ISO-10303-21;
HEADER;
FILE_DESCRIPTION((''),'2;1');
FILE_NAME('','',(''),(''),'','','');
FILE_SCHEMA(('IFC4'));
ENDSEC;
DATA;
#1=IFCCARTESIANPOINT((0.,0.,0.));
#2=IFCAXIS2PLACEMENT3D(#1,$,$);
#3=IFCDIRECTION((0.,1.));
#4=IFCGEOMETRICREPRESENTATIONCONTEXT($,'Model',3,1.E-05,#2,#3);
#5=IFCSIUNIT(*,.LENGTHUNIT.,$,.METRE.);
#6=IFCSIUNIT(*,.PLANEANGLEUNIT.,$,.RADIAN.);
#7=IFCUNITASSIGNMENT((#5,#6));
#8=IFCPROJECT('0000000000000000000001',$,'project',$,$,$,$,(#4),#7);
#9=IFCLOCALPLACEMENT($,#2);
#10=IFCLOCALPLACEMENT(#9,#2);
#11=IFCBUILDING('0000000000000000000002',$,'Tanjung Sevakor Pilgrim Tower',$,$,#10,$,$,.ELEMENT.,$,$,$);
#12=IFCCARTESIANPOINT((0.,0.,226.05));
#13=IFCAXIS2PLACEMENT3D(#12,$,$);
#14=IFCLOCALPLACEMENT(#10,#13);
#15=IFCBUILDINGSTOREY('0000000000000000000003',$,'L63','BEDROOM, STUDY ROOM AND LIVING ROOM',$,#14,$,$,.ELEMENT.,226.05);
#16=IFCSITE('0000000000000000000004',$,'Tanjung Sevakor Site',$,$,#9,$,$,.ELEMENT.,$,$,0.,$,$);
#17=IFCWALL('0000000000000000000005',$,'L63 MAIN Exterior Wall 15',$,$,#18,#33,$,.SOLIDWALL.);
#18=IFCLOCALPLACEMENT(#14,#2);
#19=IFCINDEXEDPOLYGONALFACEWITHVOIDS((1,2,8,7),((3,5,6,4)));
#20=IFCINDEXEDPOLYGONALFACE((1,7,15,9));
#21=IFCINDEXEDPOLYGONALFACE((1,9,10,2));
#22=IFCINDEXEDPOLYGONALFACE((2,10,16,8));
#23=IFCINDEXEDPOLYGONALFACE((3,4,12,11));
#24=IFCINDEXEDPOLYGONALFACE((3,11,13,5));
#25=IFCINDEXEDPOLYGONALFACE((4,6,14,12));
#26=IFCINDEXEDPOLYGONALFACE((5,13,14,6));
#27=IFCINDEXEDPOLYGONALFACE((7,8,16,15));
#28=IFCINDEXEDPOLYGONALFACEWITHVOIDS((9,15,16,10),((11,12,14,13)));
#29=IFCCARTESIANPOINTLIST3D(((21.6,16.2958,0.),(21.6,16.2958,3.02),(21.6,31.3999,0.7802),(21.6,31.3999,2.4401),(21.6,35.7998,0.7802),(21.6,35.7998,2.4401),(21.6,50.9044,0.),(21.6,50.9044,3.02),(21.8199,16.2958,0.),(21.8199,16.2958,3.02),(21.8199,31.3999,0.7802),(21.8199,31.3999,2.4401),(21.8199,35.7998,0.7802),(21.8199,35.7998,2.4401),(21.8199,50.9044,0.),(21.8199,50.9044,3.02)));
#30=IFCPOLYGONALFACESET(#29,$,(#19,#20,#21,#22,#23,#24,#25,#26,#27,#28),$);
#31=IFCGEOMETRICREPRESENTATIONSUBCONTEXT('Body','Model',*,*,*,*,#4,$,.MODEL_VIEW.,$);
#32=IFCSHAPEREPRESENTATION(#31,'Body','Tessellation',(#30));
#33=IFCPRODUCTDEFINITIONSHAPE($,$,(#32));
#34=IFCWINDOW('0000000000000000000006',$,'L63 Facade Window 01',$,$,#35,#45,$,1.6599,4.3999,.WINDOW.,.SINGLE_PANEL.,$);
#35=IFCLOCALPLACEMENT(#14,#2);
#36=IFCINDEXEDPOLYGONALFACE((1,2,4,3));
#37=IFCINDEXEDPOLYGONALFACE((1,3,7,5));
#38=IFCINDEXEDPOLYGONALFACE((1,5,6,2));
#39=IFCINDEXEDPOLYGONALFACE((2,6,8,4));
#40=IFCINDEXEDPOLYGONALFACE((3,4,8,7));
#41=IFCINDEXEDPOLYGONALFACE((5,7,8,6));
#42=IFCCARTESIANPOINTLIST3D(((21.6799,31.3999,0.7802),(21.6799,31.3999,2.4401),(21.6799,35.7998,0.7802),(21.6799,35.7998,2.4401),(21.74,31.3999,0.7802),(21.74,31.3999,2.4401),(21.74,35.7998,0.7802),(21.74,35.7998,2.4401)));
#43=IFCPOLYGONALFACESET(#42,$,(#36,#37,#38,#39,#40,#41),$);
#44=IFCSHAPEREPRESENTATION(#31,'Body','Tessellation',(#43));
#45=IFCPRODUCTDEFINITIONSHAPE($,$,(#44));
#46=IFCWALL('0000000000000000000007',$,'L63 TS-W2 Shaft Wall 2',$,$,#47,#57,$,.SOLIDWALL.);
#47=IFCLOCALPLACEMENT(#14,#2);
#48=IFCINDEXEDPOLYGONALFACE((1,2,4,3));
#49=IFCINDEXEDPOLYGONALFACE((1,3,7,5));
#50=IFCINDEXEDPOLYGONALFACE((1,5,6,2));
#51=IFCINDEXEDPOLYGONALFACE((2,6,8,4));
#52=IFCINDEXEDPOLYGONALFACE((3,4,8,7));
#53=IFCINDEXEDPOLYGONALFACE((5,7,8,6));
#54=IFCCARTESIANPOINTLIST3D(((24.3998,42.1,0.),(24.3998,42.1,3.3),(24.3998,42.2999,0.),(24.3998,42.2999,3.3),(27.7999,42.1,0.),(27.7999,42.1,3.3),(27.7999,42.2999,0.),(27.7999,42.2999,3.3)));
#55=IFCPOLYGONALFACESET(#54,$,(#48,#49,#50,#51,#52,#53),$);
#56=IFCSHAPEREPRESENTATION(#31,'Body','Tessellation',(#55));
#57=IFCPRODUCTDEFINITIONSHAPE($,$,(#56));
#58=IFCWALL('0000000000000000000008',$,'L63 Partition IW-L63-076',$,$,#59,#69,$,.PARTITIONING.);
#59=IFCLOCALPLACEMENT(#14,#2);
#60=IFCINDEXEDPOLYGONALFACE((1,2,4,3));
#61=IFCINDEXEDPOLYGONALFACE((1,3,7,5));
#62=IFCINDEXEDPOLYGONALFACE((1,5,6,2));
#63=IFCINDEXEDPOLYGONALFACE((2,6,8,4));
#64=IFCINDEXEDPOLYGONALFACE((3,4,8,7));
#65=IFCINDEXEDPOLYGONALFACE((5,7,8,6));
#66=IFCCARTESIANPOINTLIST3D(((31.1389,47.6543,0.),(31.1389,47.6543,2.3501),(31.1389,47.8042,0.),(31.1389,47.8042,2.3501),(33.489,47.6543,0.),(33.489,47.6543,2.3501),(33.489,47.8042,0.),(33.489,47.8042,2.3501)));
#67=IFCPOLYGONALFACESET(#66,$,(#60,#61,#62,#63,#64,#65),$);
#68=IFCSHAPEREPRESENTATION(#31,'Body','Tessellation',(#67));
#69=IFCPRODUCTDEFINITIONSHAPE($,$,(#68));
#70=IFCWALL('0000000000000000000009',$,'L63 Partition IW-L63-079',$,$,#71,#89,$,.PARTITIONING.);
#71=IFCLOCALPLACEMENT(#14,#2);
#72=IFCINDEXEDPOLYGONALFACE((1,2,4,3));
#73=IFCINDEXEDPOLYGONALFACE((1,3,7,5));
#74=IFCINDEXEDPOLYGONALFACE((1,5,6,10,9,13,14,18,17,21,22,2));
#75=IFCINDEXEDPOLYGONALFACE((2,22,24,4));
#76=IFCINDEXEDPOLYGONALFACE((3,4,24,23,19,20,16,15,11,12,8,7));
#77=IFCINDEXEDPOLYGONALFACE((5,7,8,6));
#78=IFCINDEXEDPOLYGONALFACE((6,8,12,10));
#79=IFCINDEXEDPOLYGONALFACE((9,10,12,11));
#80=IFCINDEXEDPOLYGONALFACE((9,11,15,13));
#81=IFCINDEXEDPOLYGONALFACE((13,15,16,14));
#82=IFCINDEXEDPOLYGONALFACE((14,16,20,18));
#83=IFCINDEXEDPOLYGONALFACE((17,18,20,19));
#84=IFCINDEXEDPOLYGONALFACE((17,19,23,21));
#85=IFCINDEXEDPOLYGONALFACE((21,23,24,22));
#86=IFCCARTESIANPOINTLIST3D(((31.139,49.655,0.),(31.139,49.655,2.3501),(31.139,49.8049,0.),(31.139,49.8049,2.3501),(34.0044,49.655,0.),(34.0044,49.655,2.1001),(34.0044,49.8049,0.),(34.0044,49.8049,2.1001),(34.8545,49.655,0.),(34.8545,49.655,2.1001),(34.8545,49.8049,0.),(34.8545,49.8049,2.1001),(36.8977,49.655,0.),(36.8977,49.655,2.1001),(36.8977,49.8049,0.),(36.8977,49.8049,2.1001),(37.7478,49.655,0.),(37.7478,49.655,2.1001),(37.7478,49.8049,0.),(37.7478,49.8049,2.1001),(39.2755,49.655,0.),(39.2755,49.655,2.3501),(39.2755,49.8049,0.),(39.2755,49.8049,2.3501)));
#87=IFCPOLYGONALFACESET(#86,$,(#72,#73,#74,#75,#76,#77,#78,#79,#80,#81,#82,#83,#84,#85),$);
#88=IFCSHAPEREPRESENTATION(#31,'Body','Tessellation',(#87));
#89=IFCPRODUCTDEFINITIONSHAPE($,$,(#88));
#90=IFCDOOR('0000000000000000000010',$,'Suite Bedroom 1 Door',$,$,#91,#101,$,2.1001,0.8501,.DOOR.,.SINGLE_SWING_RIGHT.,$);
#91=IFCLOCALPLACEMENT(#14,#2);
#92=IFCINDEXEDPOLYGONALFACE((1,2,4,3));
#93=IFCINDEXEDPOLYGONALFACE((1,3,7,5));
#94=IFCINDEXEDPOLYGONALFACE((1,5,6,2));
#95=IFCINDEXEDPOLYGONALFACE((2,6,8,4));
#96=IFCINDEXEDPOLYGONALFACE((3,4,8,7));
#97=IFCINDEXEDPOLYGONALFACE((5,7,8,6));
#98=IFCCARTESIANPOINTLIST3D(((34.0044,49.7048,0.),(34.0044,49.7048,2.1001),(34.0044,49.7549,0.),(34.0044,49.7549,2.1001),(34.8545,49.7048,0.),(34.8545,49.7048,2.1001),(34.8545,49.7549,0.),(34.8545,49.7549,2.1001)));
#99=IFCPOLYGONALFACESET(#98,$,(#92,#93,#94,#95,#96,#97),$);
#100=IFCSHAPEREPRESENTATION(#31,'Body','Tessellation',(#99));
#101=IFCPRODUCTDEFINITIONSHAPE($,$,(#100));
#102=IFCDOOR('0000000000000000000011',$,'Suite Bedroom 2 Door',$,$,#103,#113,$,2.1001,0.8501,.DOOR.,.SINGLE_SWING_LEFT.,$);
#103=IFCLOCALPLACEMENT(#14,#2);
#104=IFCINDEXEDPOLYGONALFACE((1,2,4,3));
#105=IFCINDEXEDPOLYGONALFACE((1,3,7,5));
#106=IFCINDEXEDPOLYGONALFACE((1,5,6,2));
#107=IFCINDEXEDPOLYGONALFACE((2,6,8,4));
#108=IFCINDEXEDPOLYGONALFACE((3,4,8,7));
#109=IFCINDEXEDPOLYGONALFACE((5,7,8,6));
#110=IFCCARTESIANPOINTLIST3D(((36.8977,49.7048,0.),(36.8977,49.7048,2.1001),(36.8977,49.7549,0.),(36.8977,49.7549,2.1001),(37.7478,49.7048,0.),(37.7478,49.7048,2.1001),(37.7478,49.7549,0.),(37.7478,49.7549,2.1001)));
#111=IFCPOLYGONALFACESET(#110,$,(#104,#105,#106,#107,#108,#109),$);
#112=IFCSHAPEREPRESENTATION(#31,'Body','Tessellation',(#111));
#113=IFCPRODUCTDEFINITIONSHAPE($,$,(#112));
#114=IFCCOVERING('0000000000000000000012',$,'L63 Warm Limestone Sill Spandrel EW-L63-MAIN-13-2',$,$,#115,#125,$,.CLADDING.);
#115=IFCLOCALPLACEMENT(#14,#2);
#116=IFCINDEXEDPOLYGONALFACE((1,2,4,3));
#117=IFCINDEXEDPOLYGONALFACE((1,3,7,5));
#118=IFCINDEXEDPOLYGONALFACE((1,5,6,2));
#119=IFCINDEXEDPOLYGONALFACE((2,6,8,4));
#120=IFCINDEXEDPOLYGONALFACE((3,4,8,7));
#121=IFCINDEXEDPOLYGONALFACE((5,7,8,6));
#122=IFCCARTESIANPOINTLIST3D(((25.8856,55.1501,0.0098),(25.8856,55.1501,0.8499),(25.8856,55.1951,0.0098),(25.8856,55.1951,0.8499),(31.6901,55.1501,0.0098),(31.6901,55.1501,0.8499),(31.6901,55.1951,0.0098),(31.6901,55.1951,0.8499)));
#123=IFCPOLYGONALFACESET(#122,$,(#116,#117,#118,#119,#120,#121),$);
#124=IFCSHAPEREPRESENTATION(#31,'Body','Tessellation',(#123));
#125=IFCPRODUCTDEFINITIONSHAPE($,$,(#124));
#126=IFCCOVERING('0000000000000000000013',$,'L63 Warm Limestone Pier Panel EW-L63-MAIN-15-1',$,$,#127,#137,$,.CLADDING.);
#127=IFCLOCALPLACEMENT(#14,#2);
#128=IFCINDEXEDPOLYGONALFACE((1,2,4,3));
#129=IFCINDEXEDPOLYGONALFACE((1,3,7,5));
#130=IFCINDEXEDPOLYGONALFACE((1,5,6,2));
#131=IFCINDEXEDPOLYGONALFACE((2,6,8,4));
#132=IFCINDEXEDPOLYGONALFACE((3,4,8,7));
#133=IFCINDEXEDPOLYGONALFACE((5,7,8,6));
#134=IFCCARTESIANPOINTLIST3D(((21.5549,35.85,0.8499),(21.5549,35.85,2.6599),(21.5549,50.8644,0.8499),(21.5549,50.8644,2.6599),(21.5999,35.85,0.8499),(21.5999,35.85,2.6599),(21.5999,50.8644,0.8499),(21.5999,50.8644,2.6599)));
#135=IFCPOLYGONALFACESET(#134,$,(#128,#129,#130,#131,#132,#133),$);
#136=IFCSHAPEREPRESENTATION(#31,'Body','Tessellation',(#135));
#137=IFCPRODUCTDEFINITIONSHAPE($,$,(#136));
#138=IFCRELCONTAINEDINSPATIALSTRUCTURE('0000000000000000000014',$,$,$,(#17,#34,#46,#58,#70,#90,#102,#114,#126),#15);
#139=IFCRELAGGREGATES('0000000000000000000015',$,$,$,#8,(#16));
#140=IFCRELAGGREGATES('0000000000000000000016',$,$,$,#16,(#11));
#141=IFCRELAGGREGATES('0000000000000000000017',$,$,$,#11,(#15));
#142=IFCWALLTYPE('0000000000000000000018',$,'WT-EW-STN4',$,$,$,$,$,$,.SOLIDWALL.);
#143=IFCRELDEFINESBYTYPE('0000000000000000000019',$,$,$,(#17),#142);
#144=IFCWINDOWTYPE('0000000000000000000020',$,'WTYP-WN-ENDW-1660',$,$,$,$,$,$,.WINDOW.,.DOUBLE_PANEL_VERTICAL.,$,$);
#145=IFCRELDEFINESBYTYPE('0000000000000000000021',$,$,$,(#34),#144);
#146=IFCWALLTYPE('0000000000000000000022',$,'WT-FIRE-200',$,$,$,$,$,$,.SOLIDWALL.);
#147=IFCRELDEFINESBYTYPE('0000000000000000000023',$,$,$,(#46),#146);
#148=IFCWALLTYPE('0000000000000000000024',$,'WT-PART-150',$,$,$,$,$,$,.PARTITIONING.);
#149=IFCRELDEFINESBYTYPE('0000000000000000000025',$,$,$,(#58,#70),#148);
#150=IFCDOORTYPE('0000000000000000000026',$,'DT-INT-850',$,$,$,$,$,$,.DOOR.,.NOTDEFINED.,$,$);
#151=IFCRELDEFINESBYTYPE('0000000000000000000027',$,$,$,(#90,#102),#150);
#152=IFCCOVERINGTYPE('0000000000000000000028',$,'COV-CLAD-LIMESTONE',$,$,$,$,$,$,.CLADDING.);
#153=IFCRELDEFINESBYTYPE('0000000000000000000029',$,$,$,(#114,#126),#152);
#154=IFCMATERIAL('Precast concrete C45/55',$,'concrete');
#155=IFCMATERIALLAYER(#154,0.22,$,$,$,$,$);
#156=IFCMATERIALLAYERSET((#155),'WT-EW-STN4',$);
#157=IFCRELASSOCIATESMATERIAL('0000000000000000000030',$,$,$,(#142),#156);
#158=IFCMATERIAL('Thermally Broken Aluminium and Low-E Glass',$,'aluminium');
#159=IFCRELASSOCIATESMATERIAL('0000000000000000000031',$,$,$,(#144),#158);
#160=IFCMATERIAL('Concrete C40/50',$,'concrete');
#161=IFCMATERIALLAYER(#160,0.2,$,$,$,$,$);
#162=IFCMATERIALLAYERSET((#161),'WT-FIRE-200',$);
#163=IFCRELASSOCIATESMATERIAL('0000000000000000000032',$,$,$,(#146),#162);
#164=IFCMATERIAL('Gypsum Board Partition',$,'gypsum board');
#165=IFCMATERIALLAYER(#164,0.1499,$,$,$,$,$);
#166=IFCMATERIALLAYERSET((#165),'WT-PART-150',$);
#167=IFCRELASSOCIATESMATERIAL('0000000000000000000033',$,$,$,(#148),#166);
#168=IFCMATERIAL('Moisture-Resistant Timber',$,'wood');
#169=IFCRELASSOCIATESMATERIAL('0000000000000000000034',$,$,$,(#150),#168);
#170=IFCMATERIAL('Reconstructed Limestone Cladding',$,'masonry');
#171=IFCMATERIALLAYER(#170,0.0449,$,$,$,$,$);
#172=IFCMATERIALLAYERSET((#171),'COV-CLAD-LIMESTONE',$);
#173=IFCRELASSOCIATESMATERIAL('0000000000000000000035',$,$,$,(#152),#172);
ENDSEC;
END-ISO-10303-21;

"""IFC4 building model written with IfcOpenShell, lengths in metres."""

from ifc_helpers import new_model, si_unit, direction, frame, frame_2d, origin, origin_2d, place, context, subcontext, project, spatial, rectangle, extrude, material, layer, layer_set, type_object, element, fill, save


model = new_model("IFC4")

# Units and contexts
model_context = context("Model", 3, precision=1e-05, world=origin(), true_north=direction((0.0, 1.0)))
body_context = subcontext(model_context, "Body", "Model", "MODEL_VIEW")
ifc_project = project(units=[si_unit("LENGTHUNIT", "METRE"), si_unit("PLANEANGLEUNIT", "RADIAN")], contexts=[model_context])

# Site, building, storey
site_placement = place(None, origin())
site = spatial("IfcSite", under=ifc_project, at=site_placement, Name="Tanjung Sevakor Site", CompositionType="ELEMENT", RefElevation=0.0)
building_placement = place(site_placement, origin())
building = spatial("IfcBuilding", under=site, at=building_placement, Name="Tanjung Sevakor Pilgrim Tower", CompositionType="ELEMENT")
storey_placement = place(building_placement, frame((0.0, 0.0, 226.05)))
storey = spatial("IfcBuildingStorey", under=building, at=storey_placement, Name="L63", Description="BEDROOM, STUDY ROOM AND LIVING ROOM", CompositionType="ELEMENT", Elevation=226.05)

# Wall, opening, window
ifc_material_1 = material(Name="Precast concrete C45/55", Category="concrete")
ifc_layer_1 = layer(ifc_material_1, 0.22)
ifc_layer_set_1 = layer_set([ifc_layer_1], Name="WT-EW-STN4")
wall_type_1 = type_object("IfcWallType", Name="WT-EW-STN4", PredefinedType="SOLIDWALL", material=ifc_layer_set_1)
wall_1_placement = place(storey_placement, frame((21.71, 50.9043, 0.0), z_axis=(0.0, 0.0, 1.0), x_axis=(0.0, -1.0, 0.0)))
wall_1 = element("IfcWall", 1, at=wall_1_placement, inside=storey, type_object=wall_type_1, Name="L63 MAIN Exterior Wall 15", PredefinedType="SOLIDWALL", context=body_context, shape_type="SweptSolid", body=[
    extrude(rectangle(XDim=34.6086, YDim=0.22, at=frame_2d((17.3042, 0.0))), origin(), (0.0, 0.0, 1.0), 3.02),
])
opening_1_placement = place(wall_1_placement, frame((15.1045, 0.0, 0.78)))
opening_1 = element("IfcOpeningElement", 2, at=opening_1_placement, cuts=wall_1, PredefinedType="OPENING", context=body_context, shape_type="SweptSolid", body=[
    extrude(rectangle(XDim=4.3999, YDim=1.6599, at=frame_2d((2.2, 0.8301))), frame((0.0, 0.1199, 0.0), z_axis=(0.0, -1.0, 0.0), x_axis=(1.0, 0.0, 0.0)), (0.0, 0.0, 1.0), 0.24),
])
ifc_material_2 = material(Name="Thermally Broken Aluminium and Low-E Glass", Category="aluminium")
window_type = type_object("IfcWindowType", Name="WTYP-WN-ENDW-1660", PartitioningType="DOUBLE_PANEL_VERTICAL", PredefinedType="WINDOW", material=ifc_material_2)
window_placement = place(opening_1_placement, origin())
window = element("IfcWindow", 3, at=window_placement, inside=storey, type_object=window_type, Name="L63 Facade Window 01", OverallHeight=1.6599, OverallWidth=4.3999, PartitioningType="SINGLE_PANEL", PredefinedType="WINDOW", context=body_context, shape_type="SweptSolid", body=[
    extrude(rectangle(XDim=4.3999, YDim=1.6599, at=frame_2d((2.2, 0.8301))), frame((0.0, 0.03, 0.0), z_axis=(0.0, -1.0, 0.0), x_axis=(1.0, 0.0, 0.0)), (0.0, 0.0, 1.0), 0.0601),
])
fill(opening_1, window)

# Walls
ifc_material_3 = material(Name="Concrete C40/50", Category="concrete")
ifc_layer_2 = layer(ifc_material_3, 0.2)
ifc_layer_set_2 = layer_set([ifc_layer_2], Name="WT-FIRE-200")
wall_type_2 = type_object("IfcWallType", Name="WT-FIRE-200", PredefinedType="SOLIDWALL", material=ifc_layer_set_2)
wall_2_placement = place(storey_placement, frame((27.8, 42.2, 0.0), z_axis=(0.0, 0.0, 1.0), x_axis=(-1.0, 0.0, 0.0)))
element("IfcWall", 4, at=wall_2_placement, inside=storey, type_object=wall_type_2, Name="L63 TS-W2 Shaft Wall 2", PredefinedType="SOLIDWALL", context=body_context, shape_type="SweptSolid", body=[
    extrude(rectangle(XDim=3.4001, YDim=0.2, at=frame_2d((1.7002, 0.0))), origin(), (0.0, 0.0, 1.0), 3.3),
])
ifc_material_4 = material(Name="Gypsum Board Partition", Category="gypsum board")
ifc_layer_3 = layer(ifc_material_4, 0.1499)
ifc_layer_set_3 = layer_set([ifc_layer_3], Name="WT-PART-150")
wall_type_3 = type_object("IfcWallType", Name="WT-PART-150", PredefinedType="PARTITIONING", material=ifc_layer_set_3)
wall_3_placement = place(storey_placement, frame((31.1389, 47.7292, 0.0), z_axis=(0.0, 0.0, 1.0), x_axis=(1.0, 0.0, 0.0)))
element("IfcWall", 5, at=wall_3_placement, inside=storey, type_object=wall_type_3, Name="L63 Partition IW-L63-076", PredefinedType="PARTITIONING", context=body_context, shape_type="SweptSolid", body=[
    extrude(rectangle(XDim=2.3501, YDim=0.1499, at=frame_2d((1.175, 0.0))), origin(), (0.0, 0.0, 1.0), 2.3501),
])

# Wall, openings, doors
wall_4_placement = place(storey_placement, frame((31.1389, 49.73, 0.0), z_axis=(0.0, 0.0, 1.0), x_axis=(1.0, 0.0, 0.0)))
wall_4 = element("IfcWall", 6, at=wall_4_placement, inside=storey, type_object=wall_type_3, Name="L63 Partition IW-L63-079", PredefinedType="PARTITIONING", context=body_context, shape_type="SweptSolid", body=[
    extrude(rectangle(XDim=8.1365, YDim=0.1499, at=frame_2d((4.0684, 0.0))), origin(), (0.0, 0.0, 1.0), 2.3501),
])
opening_2_placement = place(wall_4_placement, frame((2.8655, 0.0, 0.0)))
opening_2 = element("IfcOpeningElement", 7, at=opening_2_placement, cuts=wall_4, PredefinedType="OPENING", context=body_context, shape_type="SweptSolid", body=[
    extrude(rectangle(XDim=0.8501, YDim=2.1001, at=frame_2d((0.425, 1.05))), frame((0.0, 0.085, 0.0), z_axis=(0.0, -1.0, 0.0), x_axis=(1.0, 0.0, 0.0)), (0.0, 0.0, 1.0), 0.1699),
])
opening_3_placement = place(wall_4_placement, frame((5.7588, 0.0, 0.0)))
opening_3 = element("IfcOpeningElement", 8, at=opening_3_placement, cuts=wall_4, PredefinedType="OPENING", context=body_context, shape_type="SweptSolid", body=[
    extrude(rectangle(XDim=0.8501, YDim=2.1001, at=frame_2d((0.425, 1.05))), frame((0.0, 0.085, 0.0), z_axis=(0.0, -1.0, 0.0), x_axis=(1.0, 0.0, 0.0)), (0.0, 0.0, 1.0), 0.1699),
])
ifc_material_5 = material(Name="Moisture-Resistant Timber", Category="wood")
door_type_1 = type_object("IfcDoorType", Name="DT-INT-850", OperationType="NOTDEFINED", PredefinedType="DOOR", material=ifc_material_5)
door_1_placement = place(opening_2_placement, origin())
door_1 = element("IfcDoor", 9, at=door_1_placement, inside=storey, type_object=door_type_1, Name="Suite Bedroom 1 Door", OperationType="SINGLE_SWING_RIGHT", OverallHeight=2.1001, OverallWidth=0.8501, PredefinedType="DOOR", context=body_context, shape_type="SweptSolid", body=[
    extrude(rectangle(XDim=0.8501, YDim=2.1001, at=frame_2d((0.425, 1.05))), frame((0.0, 0.0249, 0.0), z_axis=(0.0, -1.0, 0.0), x_axis=(1.0, 0.0, 0.0)), (0.0, 0.0, 1.0), 0.05),
])
fill(opening_2, door_1)
door_2_placement = place(opening_3_placement, origin())
door_2 = element("IfcDoor", 10, at=door_2_placement, inside=storey, type_object=door_type_1, Name="Suite Bedroom 2 Door", OperationType="SINGLE_SWING_LEFT", OverallHeight=2.1001, OverallWidth=0.8501, PredefinedType="DOOR", context=body_context, shape_type="SweptSolid", body=[
    extrude(rectangle(XDim=0.8501, YDim=2.1001, at=frame_2d((0.425, 1.05))), frame((0.0, 0.0249, 0.0), z_axis=(0.0, -1.0, 0.0), x_axis=(1.0, 0.0, 0.0)), (0.0, 0.0, 1.0), 0.05),
])
fill(opening_3, door_2)

# Coverings
ifc_material_6 = material(Name="Reconstructed Limestone Cladding", Category="masonry")
ifc_layer_4 = layer(ifc_material_6, 0.0449)
ifc_layer_set_4 = layer_set([ifc_layer_4], Name="COV-CLAD-LIMESTONE")
covering_type = type_object("IfcCoveringType", Name="COV-CLAD-LIMESTONE", PredefinedType="CLADDING", material=ifc_layer_set_4)
covering_1_placement = place(storey_placement, frame((28.7878, 55.1726, 0.0098), z_axis=(0.0, 0.0, 1.0), x_axis=(-1.0, 0.0, 0.0)))
element("IfcCovering", 11, at=covering_1_placement, inside=storey, type_object=covering_type, Name="L63 Warm Limestone Sill Spandrel EW-L63-MAIN-13-2", PredefinedType="CLADDING", context=body_context, shape_type="SweptSolid", body=[
    extrude(rectangle(XDim=5.8044, YDim=0.0449, at=origin_2d()), origin(), (0.0, 0.0, 1.0), 0.8401),
])
covering_2_placement = place(storey_placement, frame((21.5774, 43.3572, 0.8499), z_axis=(0.0, 0.0, 1.0), x_axis=(0.0, -1.0, 0.0)))
element("IfcCovering", 12, at=covering_2_placement, inside=storey, type_object=covering_type, Name="L63 Warm Limestone Pier Panel EW-L63-MAIN-15-1", PredefinedType="CLADDING", context=body_context, shape_type="SweptSolid", body=[
    extrude(rectangle(XDim=15.0144, YDim=0.0449, at=origin_2d()), origin(), (0.0, 0.0, 1.0), 1.8101),
])

save(model, "model.ifc")
